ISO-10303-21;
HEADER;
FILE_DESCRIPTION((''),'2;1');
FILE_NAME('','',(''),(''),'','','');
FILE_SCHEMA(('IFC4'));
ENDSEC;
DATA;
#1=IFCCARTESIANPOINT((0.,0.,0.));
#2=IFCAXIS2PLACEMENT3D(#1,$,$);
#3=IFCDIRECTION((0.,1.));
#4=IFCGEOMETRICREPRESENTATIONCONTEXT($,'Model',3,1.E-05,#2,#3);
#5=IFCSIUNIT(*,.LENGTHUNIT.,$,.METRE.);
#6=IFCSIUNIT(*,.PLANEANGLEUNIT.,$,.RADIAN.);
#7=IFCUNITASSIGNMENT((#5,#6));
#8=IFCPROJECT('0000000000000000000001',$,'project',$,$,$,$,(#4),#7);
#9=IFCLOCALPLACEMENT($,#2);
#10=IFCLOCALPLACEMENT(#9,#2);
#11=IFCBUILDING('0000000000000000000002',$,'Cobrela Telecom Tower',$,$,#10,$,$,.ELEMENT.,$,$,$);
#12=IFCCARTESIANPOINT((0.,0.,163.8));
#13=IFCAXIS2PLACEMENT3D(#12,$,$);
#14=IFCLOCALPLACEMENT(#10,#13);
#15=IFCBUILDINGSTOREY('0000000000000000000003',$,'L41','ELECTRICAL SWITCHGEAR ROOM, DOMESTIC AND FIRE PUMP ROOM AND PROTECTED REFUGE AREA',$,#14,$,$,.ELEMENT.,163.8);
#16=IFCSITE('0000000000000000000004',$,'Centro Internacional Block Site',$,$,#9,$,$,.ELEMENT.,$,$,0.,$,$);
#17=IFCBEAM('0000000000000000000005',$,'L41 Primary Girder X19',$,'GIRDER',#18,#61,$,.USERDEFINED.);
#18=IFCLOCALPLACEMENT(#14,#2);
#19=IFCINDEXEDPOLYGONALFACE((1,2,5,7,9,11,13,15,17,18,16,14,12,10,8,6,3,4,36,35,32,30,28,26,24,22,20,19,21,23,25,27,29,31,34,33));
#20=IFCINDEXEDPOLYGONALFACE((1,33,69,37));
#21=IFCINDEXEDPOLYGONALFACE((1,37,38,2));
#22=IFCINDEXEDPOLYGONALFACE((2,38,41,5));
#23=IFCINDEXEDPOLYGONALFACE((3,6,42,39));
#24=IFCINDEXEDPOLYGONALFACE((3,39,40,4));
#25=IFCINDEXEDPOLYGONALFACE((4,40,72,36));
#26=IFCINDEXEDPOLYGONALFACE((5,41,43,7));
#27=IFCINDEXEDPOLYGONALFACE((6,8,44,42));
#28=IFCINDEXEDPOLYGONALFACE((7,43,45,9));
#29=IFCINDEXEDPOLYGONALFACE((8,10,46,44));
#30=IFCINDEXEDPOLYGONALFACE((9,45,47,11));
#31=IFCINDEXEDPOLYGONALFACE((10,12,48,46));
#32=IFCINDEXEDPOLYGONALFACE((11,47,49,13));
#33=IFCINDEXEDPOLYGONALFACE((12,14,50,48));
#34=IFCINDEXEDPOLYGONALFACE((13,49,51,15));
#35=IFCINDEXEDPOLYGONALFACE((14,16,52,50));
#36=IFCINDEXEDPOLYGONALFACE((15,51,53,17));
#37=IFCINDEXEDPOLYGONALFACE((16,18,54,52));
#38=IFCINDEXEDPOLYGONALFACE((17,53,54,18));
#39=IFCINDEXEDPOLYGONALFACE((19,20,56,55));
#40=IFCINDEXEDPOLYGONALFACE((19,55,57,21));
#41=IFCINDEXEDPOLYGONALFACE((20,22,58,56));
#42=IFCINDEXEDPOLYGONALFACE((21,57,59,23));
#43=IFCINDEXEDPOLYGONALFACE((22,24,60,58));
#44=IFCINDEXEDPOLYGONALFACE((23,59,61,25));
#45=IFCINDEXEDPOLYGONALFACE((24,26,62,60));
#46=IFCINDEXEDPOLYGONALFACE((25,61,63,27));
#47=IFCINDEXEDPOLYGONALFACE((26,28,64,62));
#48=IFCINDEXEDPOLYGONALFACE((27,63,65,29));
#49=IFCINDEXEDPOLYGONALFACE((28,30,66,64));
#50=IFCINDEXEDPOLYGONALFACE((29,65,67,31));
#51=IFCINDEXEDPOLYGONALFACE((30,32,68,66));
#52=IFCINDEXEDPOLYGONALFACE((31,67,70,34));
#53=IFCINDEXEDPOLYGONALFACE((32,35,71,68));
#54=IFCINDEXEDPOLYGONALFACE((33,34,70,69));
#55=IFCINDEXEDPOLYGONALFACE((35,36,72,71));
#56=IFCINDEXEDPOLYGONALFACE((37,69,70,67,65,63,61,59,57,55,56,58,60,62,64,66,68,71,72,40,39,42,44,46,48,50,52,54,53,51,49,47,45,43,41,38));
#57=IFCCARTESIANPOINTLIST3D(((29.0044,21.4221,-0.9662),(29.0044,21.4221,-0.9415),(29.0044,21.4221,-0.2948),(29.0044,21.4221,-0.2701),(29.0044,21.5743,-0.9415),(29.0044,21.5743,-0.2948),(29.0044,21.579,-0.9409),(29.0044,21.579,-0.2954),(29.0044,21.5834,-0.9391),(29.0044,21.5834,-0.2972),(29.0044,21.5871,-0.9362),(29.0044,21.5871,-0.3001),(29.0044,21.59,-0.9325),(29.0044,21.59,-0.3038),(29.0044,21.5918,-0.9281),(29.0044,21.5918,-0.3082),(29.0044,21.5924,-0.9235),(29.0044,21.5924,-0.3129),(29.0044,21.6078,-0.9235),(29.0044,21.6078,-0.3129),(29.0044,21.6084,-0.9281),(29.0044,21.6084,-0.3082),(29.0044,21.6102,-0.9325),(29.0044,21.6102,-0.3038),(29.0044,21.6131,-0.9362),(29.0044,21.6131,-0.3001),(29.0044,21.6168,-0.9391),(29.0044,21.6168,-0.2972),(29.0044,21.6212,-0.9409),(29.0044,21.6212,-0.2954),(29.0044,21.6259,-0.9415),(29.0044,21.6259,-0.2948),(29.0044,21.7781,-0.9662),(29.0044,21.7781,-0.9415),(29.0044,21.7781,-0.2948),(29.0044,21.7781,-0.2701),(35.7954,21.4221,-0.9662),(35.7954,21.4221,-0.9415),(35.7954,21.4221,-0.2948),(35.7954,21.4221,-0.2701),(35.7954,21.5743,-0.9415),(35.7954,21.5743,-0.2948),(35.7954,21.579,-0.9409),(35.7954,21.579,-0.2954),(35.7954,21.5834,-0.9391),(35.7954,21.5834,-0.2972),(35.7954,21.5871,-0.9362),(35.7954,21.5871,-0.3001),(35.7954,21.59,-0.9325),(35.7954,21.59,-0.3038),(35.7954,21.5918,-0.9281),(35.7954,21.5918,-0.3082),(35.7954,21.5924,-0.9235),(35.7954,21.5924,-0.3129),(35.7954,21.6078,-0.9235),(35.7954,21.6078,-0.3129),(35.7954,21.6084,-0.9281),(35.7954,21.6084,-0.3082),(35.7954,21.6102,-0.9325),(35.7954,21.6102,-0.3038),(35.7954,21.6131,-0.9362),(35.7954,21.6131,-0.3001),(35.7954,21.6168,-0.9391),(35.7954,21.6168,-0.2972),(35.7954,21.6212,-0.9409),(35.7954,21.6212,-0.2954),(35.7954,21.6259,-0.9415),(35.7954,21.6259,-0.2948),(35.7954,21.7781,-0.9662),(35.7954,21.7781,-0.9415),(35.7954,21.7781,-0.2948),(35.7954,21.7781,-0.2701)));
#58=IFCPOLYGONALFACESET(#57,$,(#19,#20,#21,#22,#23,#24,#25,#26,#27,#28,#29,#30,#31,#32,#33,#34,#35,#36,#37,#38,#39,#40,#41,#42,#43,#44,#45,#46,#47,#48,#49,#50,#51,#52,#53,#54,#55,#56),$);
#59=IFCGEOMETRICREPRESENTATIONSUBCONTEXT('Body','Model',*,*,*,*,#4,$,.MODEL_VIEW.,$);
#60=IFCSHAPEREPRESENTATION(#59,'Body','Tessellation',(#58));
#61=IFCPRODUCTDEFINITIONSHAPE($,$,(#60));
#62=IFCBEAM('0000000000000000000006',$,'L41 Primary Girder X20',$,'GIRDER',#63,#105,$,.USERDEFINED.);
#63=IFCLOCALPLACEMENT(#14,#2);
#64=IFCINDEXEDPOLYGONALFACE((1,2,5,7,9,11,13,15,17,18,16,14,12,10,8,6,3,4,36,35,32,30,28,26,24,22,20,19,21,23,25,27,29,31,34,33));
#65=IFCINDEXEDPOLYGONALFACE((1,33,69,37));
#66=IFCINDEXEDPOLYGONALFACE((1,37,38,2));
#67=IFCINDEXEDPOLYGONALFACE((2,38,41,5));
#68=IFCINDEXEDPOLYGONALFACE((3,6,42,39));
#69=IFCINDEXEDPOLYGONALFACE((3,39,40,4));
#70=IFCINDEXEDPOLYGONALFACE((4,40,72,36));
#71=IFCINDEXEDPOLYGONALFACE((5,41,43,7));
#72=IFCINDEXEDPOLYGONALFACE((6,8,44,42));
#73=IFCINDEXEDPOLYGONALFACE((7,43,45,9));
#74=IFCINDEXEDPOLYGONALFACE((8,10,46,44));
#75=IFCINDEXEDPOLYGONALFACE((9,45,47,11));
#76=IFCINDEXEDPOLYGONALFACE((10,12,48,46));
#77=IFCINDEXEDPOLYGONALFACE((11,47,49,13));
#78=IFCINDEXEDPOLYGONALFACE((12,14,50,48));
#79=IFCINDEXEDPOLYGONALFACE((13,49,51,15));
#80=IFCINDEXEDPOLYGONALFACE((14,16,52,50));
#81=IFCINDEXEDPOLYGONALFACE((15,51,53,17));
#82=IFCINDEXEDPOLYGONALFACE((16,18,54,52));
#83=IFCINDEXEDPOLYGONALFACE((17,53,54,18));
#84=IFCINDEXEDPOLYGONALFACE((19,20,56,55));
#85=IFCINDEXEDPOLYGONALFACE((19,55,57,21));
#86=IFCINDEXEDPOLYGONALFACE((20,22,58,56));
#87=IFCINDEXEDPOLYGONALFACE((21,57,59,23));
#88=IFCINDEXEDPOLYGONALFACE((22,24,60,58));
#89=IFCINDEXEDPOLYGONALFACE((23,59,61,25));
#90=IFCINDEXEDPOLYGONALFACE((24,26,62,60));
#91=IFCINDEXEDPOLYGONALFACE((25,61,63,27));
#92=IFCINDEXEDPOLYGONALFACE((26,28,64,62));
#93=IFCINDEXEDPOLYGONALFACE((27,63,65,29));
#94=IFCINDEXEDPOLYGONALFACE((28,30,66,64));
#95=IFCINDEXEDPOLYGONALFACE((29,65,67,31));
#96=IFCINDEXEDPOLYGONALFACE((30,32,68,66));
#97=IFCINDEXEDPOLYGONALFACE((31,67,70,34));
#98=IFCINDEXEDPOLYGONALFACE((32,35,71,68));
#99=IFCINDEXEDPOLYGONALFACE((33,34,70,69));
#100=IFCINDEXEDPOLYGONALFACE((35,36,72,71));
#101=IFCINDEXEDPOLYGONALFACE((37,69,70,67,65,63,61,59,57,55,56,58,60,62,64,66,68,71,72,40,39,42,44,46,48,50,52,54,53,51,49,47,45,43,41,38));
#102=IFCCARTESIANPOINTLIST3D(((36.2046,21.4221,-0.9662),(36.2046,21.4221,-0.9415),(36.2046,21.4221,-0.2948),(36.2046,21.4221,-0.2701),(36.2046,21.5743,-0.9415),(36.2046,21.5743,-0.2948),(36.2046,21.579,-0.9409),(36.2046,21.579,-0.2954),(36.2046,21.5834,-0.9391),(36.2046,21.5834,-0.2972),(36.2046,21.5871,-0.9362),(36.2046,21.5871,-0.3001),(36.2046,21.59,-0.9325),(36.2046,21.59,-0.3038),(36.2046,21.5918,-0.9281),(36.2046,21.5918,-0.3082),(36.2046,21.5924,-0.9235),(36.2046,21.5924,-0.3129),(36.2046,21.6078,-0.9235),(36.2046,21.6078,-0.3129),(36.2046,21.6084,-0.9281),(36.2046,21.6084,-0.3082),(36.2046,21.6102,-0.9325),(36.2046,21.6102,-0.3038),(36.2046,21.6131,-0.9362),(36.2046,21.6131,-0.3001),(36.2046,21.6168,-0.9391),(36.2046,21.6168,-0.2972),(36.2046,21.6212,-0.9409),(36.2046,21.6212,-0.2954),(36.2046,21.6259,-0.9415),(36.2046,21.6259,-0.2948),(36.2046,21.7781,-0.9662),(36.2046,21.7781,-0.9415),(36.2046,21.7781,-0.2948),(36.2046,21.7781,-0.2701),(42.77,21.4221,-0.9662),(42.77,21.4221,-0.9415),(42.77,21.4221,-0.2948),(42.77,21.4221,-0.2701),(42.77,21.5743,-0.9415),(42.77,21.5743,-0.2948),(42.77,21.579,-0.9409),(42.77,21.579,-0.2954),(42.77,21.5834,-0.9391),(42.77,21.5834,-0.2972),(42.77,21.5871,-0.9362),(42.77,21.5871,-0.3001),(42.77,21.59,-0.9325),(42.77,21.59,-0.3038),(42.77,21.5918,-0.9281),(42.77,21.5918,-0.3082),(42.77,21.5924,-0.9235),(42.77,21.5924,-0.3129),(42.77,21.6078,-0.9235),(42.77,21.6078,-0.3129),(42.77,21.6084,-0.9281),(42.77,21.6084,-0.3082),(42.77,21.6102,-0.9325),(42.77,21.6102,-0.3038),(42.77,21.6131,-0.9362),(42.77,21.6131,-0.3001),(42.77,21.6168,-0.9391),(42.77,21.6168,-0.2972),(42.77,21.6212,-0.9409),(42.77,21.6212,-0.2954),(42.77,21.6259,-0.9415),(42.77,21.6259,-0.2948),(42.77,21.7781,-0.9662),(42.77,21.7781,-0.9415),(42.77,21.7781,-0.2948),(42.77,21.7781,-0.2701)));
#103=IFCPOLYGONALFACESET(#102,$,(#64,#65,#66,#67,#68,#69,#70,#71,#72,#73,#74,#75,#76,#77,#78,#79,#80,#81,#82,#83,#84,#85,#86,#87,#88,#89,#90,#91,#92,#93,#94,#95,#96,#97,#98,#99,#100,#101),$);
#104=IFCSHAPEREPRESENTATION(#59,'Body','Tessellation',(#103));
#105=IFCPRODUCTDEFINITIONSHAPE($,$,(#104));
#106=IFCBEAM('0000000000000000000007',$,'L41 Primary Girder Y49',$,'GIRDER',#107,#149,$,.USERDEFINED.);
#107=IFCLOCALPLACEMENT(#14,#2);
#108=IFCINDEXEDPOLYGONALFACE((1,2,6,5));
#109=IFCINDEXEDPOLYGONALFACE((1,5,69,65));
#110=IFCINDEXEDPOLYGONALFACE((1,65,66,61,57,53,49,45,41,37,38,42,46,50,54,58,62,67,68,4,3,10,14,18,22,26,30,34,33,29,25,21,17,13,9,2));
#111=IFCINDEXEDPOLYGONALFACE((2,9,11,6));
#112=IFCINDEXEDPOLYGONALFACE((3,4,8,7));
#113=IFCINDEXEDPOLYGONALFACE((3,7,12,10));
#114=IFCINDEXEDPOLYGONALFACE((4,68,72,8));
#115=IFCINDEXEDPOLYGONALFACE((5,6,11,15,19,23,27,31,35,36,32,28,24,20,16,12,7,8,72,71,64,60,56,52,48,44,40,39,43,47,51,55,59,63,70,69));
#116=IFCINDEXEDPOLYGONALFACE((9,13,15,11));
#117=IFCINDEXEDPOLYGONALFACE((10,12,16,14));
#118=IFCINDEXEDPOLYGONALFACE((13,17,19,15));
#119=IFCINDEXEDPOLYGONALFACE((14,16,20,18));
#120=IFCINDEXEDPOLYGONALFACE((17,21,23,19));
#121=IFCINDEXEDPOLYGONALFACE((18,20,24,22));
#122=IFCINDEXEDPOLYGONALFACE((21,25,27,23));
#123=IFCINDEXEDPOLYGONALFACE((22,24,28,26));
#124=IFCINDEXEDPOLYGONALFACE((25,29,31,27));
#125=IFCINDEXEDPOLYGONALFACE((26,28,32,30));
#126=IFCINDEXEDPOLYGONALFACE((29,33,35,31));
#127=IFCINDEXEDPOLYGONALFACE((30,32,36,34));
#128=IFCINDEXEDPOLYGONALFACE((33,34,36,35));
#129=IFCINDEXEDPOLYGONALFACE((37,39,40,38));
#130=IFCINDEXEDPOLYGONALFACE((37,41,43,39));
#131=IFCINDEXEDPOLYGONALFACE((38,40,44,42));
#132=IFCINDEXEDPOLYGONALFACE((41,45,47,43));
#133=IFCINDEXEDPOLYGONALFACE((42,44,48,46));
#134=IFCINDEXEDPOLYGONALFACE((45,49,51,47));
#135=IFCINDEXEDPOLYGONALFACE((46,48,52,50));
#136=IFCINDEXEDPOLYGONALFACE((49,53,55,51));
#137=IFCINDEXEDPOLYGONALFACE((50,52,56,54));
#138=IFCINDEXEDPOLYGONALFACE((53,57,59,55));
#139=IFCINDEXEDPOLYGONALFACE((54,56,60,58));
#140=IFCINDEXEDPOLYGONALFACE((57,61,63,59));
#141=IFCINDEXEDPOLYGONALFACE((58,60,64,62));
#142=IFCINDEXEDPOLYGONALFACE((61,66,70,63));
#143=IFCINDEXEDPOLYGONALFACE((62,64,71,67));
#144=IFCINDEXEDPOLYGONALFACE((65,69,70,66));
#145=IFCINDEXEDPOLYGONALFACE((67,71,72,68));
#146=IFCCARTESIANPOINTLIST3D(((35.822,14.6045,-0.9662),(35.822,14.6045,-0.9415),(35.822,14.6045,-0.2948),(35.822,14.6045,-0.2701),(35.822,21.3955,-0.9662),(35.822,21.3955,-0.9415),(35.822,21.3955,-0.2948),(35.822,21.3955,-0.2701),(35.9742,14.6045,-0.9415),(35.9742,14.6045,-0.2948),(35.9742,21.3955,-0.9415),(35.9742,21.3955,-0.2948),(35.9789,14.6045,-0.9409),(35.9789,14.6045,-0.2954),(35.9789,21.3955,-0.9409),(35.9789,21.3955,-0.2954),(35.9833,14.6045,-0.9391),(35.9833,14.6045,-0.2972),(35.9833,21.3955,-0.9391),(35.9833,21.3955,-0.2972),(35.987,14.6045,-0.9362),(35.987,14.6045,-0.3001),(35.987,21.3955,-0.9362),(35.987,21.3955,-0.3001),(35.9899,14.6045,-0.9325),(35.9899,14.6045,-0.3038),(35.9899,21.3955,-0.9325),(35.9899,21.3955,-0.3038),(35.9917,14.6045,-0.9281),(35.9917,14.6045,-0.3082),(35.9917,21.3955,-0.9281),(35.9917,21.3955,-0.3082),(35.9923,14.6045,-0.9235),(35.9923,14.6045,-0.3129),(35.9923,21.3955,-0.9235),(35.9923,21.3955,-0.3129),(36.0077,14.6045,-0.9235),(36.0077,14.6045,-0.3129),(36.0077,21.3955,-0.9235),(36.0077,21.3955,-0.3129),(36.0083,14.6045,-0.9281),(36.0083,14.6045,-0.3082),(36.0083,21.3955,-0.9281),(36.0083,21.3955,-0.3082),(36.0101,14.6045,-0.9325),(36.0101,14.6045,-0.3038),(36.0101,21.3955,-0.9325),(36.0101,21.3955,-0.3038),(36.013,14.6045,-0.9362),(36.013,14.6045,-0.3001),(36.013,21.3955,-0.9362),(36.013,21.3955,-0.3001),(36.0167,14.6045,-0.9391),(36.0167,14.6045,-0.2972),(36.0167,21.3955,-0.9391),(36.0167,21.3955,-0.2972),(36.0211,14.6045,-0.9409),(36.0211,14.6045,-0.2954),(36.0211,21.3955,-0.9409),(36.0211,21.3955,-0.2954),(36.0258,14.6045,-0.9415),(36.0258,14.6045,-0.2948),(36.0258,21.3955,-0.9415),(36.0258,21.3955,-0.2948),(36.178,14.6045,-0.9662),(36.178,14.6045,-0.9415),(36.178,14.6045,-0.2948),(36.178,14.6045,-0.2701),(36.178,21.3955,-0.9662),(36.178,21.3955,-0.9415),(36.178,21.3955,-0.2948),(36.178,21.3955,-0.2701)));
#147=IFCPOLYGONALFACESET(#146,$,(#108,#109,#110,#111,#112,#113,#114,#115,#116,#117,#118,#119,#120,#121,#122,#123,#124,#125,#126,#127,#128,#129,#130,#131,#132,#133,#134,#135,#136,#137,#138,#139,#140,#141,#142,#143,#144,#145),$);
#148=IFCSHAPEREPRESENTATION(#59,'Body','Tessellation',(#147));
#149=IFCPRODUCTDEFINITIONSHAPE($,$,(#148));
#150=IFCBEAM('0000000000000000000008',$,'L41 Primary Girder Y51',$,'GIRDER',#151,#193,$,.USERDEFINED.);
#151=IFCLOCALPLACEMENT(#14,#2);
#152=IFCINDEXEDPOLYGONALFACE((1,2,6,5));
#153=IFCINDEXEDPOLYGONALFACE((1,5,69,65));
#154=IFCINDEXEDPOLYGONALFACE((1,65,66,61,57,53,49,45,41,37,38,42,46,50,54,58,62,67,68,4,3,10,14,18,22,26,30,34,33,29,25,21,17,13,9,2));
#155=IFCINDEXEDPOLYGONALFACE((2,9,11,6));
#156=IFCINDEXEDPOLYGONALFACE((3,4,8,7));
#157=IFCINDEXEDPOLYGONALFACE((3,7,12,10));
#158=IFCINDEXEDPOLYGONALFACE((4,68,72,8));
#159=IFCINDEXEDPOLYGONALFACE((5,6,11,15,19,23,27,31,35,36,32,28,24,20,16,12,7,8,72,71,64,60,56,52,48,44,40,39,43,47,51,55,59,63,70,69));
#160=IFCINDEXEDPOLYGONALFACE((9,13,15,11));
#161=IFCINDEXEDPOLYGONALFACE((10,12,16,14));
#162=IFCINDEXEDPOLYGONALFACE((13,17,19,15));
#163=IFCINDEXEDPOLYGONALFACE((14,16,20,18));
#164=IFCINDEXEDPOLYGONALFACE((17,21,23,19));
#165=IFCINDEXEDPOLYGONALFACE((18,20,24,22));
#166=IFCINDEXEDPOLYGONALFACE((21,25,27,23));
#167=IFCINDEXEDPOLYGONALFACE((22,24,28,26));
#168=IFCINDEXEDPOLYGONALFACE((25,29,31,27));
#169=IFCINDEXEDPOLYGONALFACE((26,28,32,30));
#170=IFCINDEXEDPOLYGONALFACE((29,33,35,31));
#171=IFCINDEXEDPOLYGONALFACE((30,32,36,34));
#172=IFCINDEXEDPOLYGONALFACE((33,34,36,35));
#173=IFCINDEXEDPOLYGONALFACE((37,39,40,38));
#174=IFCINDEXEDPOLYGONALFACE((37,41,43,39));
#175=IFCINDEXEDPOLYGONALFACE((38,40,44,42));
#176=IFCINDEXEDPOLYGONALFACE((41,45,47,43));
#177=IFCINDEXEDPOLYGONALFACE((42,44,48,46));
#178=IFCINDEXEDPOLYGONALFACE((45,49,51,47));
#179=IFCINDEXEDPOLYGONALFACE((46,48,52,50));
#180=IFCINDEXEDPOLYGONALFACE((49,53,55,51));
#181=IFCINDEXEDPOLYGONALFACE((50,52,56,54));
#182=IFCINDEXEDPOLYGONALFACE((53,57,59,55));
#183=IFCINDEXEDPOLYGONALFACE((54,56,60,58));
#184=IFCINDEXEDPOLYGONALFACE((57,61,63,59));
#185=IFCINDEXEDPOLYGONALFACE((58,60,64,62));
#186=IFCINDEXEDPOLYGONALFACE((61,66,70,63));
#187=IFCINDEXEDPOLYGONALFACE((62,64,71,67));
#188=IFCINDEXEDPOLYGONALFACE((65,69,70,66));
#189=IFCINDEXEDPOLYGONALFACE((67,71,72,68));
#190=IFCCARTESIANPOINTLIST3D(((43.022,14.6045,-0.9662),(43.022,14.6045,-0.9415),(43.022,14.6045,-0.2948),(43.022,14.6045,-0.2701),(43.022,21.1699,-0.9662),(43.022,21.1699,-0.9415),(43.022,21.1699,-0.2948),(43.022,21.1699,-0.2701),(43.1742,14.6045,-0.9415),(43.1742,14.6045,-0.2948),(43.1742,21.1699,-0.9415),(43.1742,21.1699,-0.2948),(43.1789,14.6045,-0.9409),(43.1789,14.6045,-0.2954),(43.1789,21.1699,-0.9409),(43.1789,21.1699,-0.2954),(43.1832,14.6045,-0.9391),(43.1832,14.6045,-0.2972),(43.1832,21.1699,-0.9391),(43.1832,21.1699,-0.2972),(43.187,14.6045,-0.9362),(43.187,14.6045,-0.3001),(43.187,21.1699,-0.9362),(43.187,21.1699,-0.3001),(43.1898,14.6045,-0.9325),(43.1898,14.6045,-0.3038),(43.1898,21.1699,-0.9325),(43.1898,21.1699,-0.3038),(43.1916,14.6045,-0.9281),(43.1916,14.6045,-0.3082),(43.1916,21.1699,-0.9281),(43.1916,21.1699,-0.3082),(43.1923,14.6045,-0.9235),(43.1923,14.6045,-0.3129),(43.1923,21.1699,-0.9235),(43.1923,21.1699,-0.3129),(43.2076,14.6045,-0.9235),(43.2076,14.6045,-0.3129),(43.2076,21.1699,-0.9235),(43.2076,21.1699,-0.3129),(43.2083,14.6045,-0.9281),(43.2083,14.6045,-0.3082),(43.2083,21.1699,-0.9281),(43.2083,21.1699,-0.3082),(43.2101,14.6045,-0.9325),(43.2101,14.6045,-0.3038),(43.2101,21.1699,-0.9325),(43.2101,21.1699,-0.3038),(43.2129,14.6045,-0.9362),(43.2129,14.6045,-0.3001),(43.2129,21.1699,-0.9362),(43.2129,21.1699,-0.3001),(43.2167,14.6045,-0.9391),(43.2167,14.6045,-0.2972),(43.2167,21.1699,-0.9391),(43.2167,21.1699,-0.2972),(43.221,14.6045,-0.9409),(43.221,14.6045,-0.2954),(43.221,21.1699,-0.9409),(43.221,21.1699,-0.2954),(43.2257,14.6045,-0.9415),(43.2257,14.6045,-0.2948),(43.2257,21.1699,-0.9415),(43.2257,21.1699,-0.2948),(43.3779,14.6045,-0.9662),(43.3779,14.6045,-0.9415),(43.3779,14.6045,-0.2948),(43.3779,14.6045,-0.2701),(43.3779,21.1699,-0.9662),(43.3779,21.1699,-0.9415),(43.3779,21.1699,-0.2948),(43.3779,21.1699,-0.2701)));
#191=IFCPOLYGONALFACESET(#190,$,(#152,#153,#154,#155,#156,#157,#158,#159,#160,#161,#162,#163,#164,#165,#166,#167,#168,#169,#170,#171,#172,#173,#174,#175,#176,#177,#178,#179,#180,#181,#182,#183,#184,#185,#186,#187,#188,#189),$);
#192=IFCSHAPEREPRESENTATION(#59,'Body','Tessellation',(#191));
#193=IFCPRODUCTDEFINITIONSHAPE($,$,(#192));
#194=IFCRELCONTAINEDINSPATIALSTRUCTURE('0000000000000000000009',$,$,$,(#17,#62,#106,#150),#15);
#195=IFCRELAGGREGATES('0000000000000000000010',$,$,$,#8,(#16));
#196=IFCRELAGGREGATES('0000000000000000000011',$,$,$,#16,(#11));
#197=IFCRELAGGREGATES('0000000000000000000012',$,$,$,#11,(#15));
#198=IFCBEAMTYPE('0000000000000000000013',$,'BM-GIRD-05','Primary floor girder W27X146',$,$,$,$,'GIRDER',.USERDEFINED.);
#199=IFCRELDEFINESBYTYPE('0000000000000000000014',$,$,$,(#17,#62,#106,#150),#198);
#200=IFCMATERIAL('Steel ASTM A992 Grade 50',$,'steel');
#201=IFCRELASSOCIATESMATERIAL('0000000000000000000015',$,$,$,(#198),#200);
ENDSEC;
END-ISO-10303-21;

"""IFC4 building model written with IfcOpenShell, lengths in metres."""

from ifc_helpers import new_model, si_unit, direction, frame, origin, origin_2d, place, context, subcontext, project, spatial, i_section, extrude, material, material_profile, profile_set, type_object, element, save


model = new_model("IFC4")

# Units and contexts
model_context = context("Model", 3, precision=1e-05, world=origin(), true_north=direction((0.0, 1.0)))
body_context = subcontext(model_context, "Body", "Model", "MODEL_VIEW")
ifc_project = project(units=[si_unit("LENGTHUNIT", "METRE"), si_unit("PLANEANGLEUNIT", "RADIAN")], contexts=[model_context])

# Site, building, storey
site_placement = place(None, origin())
site = spatial("IfcSite", under=ifc_project, at=site_placement, Name="Centro Internacional Block Site", CompositionType="ELEMENT", RefElevation=0.0)
building_placement = place(site_placement, origin())
building = spatial("IfcBuilding", under=site, at=building_placement, Name="Cobrela Telecom Tower", CompositionType="ELEMENT")
storey_placement = place(building_placement, frame((0.0, 0.0, 163.8)))
storey = spatial("IfcBuildingStorey", under=building, at=storey_placement, Name="L41", Description="ELECTRICAL SWITCHGEAR ROOM, DOMESTIC AND FIRE PUMP ROOM AND PROTECTED REFUGE AREA", CompositionType="ELEMENT", Elevation=163.8)

# Shared definitions
ifc_material_1 = material(Name="Steel ASTM A992 Grade 50", Category="steel")

# Beams
ifc_material_profile_1 = material_profile(ifc_material_1, i_section(OverallWidth=0.356, OverallDepth=0.696, WebThickness=0.0154, FlangeThickness=0.0247, FilletRadius=0.0181, at=origin_2d()), Name="W27X146")
ifc_profile_set_1 = profile_set([ifc_material_profile_1], Name="Steel ASTM A992 Grade 50")
beam_type_1 = type_object("IfcBeamType", Name="BM-GIRD-05", Description="Primary floor girder W27X146", ElementType="GIRDER", PredefinedType="USERDEFINED", material=ifc_profile_set_1)
beam_1_placement = place(storey_placement, frame((29.0044, 21.6001, -0.6182), z_axis=(1.0, 0.0, 0.0), x_axis=(0.0, 1.0, 0.0)))
element("IfcBeam", 1, at=beam_1_placement, inside=storey, type_object=beam_type_1, Name="L41 Primary Girder X19", ObjectType="GIRDER", PredefinedType="USERDEFINED", context=body_context, shape_type="SweptSolid", body=[
    extrude(i_section(OverallWidth=0.356, OverallDepth=0.696, WebThickness=0.0154, FlangeThickness=0.0247, FilletRadius=0.0181, at=origin_2d()), origin(), (0.0, 0.0, 1.0), 6.791),
])
beam_2_placement = place(storey_placement, frame((36.2046, 21.6001, -0.6182), z_axis=(1.0, 0.0, 0.0), x_axis=(0.0, 1.0, 0.0)))
element("IfcBeam", 2, at=beam_2_placement, inside=storey, type_object=beam_type_1, Name="L41 Primary Girder X20", ObjectType="GIRDER", PredefinedType="USERDEFINED", context=body_context, shape_type="SweptSolid", body=[
    extrude(i_section(OverallWidth=0.356, OverallDepth=0.696, WebThickness=0.0154, FlangeThickness=0.0247, FilletRadius=0.0181, at=origin_2d()), origin(), (0.0, 0.0, 1.0), 6.5654),
])
beam_3_placement = place(storey_placement, frame((36.0, 14.6045, -0.6182), z_axis=(0.0, 1.0, 0.0), x_axis=(-1.0, 0.0, 0.0)))
element("IfcBeam", 3, at=beam_3_placement, inside=storey, type_object=beam_type_1, Name="L41 Primary Girder Y49", ObjectType="GIRDER", PredefinedType="USERDEFINED", context=body_context, shape_type="SweptSolid", body=[
    extrude(i_section(OverallWidth=0.356, OverallDepth=0.696, WebThickness=0.0154, FlangeThickness=0.0247, FilletRadius=0.0181, at=origin_2d()), origin(), (0.0, 0.0, 1.0), 6.791),
])
beam_4_placement = place(storey_placement, frame((43.2, 14.6045, -0.6182), z_axis=(0.0, 1.0, 0.0), x_axis=(-1.0, 0.0, 0.0)))
element("IfcBeam", 4, at=beam_4_placement, inside=storey, type_object=beam_type_1, Name="L41 Primary Girder Y51", ObjectType="GIRDER", PredefinedType="USERDEFINED", context=body_context, shape_type="SweptSolid", body=[
    extrude(i_section(OverallWidth=0.356, OverallDepth=0.696, WebThickness=0.0154, FlangeThickness=0.0247, FilletRadius=0.0181, at=origin_2d()), origin(), (0.0, 0.0, 1.0), 6.5654),
])

save(model, "model.ifc")
